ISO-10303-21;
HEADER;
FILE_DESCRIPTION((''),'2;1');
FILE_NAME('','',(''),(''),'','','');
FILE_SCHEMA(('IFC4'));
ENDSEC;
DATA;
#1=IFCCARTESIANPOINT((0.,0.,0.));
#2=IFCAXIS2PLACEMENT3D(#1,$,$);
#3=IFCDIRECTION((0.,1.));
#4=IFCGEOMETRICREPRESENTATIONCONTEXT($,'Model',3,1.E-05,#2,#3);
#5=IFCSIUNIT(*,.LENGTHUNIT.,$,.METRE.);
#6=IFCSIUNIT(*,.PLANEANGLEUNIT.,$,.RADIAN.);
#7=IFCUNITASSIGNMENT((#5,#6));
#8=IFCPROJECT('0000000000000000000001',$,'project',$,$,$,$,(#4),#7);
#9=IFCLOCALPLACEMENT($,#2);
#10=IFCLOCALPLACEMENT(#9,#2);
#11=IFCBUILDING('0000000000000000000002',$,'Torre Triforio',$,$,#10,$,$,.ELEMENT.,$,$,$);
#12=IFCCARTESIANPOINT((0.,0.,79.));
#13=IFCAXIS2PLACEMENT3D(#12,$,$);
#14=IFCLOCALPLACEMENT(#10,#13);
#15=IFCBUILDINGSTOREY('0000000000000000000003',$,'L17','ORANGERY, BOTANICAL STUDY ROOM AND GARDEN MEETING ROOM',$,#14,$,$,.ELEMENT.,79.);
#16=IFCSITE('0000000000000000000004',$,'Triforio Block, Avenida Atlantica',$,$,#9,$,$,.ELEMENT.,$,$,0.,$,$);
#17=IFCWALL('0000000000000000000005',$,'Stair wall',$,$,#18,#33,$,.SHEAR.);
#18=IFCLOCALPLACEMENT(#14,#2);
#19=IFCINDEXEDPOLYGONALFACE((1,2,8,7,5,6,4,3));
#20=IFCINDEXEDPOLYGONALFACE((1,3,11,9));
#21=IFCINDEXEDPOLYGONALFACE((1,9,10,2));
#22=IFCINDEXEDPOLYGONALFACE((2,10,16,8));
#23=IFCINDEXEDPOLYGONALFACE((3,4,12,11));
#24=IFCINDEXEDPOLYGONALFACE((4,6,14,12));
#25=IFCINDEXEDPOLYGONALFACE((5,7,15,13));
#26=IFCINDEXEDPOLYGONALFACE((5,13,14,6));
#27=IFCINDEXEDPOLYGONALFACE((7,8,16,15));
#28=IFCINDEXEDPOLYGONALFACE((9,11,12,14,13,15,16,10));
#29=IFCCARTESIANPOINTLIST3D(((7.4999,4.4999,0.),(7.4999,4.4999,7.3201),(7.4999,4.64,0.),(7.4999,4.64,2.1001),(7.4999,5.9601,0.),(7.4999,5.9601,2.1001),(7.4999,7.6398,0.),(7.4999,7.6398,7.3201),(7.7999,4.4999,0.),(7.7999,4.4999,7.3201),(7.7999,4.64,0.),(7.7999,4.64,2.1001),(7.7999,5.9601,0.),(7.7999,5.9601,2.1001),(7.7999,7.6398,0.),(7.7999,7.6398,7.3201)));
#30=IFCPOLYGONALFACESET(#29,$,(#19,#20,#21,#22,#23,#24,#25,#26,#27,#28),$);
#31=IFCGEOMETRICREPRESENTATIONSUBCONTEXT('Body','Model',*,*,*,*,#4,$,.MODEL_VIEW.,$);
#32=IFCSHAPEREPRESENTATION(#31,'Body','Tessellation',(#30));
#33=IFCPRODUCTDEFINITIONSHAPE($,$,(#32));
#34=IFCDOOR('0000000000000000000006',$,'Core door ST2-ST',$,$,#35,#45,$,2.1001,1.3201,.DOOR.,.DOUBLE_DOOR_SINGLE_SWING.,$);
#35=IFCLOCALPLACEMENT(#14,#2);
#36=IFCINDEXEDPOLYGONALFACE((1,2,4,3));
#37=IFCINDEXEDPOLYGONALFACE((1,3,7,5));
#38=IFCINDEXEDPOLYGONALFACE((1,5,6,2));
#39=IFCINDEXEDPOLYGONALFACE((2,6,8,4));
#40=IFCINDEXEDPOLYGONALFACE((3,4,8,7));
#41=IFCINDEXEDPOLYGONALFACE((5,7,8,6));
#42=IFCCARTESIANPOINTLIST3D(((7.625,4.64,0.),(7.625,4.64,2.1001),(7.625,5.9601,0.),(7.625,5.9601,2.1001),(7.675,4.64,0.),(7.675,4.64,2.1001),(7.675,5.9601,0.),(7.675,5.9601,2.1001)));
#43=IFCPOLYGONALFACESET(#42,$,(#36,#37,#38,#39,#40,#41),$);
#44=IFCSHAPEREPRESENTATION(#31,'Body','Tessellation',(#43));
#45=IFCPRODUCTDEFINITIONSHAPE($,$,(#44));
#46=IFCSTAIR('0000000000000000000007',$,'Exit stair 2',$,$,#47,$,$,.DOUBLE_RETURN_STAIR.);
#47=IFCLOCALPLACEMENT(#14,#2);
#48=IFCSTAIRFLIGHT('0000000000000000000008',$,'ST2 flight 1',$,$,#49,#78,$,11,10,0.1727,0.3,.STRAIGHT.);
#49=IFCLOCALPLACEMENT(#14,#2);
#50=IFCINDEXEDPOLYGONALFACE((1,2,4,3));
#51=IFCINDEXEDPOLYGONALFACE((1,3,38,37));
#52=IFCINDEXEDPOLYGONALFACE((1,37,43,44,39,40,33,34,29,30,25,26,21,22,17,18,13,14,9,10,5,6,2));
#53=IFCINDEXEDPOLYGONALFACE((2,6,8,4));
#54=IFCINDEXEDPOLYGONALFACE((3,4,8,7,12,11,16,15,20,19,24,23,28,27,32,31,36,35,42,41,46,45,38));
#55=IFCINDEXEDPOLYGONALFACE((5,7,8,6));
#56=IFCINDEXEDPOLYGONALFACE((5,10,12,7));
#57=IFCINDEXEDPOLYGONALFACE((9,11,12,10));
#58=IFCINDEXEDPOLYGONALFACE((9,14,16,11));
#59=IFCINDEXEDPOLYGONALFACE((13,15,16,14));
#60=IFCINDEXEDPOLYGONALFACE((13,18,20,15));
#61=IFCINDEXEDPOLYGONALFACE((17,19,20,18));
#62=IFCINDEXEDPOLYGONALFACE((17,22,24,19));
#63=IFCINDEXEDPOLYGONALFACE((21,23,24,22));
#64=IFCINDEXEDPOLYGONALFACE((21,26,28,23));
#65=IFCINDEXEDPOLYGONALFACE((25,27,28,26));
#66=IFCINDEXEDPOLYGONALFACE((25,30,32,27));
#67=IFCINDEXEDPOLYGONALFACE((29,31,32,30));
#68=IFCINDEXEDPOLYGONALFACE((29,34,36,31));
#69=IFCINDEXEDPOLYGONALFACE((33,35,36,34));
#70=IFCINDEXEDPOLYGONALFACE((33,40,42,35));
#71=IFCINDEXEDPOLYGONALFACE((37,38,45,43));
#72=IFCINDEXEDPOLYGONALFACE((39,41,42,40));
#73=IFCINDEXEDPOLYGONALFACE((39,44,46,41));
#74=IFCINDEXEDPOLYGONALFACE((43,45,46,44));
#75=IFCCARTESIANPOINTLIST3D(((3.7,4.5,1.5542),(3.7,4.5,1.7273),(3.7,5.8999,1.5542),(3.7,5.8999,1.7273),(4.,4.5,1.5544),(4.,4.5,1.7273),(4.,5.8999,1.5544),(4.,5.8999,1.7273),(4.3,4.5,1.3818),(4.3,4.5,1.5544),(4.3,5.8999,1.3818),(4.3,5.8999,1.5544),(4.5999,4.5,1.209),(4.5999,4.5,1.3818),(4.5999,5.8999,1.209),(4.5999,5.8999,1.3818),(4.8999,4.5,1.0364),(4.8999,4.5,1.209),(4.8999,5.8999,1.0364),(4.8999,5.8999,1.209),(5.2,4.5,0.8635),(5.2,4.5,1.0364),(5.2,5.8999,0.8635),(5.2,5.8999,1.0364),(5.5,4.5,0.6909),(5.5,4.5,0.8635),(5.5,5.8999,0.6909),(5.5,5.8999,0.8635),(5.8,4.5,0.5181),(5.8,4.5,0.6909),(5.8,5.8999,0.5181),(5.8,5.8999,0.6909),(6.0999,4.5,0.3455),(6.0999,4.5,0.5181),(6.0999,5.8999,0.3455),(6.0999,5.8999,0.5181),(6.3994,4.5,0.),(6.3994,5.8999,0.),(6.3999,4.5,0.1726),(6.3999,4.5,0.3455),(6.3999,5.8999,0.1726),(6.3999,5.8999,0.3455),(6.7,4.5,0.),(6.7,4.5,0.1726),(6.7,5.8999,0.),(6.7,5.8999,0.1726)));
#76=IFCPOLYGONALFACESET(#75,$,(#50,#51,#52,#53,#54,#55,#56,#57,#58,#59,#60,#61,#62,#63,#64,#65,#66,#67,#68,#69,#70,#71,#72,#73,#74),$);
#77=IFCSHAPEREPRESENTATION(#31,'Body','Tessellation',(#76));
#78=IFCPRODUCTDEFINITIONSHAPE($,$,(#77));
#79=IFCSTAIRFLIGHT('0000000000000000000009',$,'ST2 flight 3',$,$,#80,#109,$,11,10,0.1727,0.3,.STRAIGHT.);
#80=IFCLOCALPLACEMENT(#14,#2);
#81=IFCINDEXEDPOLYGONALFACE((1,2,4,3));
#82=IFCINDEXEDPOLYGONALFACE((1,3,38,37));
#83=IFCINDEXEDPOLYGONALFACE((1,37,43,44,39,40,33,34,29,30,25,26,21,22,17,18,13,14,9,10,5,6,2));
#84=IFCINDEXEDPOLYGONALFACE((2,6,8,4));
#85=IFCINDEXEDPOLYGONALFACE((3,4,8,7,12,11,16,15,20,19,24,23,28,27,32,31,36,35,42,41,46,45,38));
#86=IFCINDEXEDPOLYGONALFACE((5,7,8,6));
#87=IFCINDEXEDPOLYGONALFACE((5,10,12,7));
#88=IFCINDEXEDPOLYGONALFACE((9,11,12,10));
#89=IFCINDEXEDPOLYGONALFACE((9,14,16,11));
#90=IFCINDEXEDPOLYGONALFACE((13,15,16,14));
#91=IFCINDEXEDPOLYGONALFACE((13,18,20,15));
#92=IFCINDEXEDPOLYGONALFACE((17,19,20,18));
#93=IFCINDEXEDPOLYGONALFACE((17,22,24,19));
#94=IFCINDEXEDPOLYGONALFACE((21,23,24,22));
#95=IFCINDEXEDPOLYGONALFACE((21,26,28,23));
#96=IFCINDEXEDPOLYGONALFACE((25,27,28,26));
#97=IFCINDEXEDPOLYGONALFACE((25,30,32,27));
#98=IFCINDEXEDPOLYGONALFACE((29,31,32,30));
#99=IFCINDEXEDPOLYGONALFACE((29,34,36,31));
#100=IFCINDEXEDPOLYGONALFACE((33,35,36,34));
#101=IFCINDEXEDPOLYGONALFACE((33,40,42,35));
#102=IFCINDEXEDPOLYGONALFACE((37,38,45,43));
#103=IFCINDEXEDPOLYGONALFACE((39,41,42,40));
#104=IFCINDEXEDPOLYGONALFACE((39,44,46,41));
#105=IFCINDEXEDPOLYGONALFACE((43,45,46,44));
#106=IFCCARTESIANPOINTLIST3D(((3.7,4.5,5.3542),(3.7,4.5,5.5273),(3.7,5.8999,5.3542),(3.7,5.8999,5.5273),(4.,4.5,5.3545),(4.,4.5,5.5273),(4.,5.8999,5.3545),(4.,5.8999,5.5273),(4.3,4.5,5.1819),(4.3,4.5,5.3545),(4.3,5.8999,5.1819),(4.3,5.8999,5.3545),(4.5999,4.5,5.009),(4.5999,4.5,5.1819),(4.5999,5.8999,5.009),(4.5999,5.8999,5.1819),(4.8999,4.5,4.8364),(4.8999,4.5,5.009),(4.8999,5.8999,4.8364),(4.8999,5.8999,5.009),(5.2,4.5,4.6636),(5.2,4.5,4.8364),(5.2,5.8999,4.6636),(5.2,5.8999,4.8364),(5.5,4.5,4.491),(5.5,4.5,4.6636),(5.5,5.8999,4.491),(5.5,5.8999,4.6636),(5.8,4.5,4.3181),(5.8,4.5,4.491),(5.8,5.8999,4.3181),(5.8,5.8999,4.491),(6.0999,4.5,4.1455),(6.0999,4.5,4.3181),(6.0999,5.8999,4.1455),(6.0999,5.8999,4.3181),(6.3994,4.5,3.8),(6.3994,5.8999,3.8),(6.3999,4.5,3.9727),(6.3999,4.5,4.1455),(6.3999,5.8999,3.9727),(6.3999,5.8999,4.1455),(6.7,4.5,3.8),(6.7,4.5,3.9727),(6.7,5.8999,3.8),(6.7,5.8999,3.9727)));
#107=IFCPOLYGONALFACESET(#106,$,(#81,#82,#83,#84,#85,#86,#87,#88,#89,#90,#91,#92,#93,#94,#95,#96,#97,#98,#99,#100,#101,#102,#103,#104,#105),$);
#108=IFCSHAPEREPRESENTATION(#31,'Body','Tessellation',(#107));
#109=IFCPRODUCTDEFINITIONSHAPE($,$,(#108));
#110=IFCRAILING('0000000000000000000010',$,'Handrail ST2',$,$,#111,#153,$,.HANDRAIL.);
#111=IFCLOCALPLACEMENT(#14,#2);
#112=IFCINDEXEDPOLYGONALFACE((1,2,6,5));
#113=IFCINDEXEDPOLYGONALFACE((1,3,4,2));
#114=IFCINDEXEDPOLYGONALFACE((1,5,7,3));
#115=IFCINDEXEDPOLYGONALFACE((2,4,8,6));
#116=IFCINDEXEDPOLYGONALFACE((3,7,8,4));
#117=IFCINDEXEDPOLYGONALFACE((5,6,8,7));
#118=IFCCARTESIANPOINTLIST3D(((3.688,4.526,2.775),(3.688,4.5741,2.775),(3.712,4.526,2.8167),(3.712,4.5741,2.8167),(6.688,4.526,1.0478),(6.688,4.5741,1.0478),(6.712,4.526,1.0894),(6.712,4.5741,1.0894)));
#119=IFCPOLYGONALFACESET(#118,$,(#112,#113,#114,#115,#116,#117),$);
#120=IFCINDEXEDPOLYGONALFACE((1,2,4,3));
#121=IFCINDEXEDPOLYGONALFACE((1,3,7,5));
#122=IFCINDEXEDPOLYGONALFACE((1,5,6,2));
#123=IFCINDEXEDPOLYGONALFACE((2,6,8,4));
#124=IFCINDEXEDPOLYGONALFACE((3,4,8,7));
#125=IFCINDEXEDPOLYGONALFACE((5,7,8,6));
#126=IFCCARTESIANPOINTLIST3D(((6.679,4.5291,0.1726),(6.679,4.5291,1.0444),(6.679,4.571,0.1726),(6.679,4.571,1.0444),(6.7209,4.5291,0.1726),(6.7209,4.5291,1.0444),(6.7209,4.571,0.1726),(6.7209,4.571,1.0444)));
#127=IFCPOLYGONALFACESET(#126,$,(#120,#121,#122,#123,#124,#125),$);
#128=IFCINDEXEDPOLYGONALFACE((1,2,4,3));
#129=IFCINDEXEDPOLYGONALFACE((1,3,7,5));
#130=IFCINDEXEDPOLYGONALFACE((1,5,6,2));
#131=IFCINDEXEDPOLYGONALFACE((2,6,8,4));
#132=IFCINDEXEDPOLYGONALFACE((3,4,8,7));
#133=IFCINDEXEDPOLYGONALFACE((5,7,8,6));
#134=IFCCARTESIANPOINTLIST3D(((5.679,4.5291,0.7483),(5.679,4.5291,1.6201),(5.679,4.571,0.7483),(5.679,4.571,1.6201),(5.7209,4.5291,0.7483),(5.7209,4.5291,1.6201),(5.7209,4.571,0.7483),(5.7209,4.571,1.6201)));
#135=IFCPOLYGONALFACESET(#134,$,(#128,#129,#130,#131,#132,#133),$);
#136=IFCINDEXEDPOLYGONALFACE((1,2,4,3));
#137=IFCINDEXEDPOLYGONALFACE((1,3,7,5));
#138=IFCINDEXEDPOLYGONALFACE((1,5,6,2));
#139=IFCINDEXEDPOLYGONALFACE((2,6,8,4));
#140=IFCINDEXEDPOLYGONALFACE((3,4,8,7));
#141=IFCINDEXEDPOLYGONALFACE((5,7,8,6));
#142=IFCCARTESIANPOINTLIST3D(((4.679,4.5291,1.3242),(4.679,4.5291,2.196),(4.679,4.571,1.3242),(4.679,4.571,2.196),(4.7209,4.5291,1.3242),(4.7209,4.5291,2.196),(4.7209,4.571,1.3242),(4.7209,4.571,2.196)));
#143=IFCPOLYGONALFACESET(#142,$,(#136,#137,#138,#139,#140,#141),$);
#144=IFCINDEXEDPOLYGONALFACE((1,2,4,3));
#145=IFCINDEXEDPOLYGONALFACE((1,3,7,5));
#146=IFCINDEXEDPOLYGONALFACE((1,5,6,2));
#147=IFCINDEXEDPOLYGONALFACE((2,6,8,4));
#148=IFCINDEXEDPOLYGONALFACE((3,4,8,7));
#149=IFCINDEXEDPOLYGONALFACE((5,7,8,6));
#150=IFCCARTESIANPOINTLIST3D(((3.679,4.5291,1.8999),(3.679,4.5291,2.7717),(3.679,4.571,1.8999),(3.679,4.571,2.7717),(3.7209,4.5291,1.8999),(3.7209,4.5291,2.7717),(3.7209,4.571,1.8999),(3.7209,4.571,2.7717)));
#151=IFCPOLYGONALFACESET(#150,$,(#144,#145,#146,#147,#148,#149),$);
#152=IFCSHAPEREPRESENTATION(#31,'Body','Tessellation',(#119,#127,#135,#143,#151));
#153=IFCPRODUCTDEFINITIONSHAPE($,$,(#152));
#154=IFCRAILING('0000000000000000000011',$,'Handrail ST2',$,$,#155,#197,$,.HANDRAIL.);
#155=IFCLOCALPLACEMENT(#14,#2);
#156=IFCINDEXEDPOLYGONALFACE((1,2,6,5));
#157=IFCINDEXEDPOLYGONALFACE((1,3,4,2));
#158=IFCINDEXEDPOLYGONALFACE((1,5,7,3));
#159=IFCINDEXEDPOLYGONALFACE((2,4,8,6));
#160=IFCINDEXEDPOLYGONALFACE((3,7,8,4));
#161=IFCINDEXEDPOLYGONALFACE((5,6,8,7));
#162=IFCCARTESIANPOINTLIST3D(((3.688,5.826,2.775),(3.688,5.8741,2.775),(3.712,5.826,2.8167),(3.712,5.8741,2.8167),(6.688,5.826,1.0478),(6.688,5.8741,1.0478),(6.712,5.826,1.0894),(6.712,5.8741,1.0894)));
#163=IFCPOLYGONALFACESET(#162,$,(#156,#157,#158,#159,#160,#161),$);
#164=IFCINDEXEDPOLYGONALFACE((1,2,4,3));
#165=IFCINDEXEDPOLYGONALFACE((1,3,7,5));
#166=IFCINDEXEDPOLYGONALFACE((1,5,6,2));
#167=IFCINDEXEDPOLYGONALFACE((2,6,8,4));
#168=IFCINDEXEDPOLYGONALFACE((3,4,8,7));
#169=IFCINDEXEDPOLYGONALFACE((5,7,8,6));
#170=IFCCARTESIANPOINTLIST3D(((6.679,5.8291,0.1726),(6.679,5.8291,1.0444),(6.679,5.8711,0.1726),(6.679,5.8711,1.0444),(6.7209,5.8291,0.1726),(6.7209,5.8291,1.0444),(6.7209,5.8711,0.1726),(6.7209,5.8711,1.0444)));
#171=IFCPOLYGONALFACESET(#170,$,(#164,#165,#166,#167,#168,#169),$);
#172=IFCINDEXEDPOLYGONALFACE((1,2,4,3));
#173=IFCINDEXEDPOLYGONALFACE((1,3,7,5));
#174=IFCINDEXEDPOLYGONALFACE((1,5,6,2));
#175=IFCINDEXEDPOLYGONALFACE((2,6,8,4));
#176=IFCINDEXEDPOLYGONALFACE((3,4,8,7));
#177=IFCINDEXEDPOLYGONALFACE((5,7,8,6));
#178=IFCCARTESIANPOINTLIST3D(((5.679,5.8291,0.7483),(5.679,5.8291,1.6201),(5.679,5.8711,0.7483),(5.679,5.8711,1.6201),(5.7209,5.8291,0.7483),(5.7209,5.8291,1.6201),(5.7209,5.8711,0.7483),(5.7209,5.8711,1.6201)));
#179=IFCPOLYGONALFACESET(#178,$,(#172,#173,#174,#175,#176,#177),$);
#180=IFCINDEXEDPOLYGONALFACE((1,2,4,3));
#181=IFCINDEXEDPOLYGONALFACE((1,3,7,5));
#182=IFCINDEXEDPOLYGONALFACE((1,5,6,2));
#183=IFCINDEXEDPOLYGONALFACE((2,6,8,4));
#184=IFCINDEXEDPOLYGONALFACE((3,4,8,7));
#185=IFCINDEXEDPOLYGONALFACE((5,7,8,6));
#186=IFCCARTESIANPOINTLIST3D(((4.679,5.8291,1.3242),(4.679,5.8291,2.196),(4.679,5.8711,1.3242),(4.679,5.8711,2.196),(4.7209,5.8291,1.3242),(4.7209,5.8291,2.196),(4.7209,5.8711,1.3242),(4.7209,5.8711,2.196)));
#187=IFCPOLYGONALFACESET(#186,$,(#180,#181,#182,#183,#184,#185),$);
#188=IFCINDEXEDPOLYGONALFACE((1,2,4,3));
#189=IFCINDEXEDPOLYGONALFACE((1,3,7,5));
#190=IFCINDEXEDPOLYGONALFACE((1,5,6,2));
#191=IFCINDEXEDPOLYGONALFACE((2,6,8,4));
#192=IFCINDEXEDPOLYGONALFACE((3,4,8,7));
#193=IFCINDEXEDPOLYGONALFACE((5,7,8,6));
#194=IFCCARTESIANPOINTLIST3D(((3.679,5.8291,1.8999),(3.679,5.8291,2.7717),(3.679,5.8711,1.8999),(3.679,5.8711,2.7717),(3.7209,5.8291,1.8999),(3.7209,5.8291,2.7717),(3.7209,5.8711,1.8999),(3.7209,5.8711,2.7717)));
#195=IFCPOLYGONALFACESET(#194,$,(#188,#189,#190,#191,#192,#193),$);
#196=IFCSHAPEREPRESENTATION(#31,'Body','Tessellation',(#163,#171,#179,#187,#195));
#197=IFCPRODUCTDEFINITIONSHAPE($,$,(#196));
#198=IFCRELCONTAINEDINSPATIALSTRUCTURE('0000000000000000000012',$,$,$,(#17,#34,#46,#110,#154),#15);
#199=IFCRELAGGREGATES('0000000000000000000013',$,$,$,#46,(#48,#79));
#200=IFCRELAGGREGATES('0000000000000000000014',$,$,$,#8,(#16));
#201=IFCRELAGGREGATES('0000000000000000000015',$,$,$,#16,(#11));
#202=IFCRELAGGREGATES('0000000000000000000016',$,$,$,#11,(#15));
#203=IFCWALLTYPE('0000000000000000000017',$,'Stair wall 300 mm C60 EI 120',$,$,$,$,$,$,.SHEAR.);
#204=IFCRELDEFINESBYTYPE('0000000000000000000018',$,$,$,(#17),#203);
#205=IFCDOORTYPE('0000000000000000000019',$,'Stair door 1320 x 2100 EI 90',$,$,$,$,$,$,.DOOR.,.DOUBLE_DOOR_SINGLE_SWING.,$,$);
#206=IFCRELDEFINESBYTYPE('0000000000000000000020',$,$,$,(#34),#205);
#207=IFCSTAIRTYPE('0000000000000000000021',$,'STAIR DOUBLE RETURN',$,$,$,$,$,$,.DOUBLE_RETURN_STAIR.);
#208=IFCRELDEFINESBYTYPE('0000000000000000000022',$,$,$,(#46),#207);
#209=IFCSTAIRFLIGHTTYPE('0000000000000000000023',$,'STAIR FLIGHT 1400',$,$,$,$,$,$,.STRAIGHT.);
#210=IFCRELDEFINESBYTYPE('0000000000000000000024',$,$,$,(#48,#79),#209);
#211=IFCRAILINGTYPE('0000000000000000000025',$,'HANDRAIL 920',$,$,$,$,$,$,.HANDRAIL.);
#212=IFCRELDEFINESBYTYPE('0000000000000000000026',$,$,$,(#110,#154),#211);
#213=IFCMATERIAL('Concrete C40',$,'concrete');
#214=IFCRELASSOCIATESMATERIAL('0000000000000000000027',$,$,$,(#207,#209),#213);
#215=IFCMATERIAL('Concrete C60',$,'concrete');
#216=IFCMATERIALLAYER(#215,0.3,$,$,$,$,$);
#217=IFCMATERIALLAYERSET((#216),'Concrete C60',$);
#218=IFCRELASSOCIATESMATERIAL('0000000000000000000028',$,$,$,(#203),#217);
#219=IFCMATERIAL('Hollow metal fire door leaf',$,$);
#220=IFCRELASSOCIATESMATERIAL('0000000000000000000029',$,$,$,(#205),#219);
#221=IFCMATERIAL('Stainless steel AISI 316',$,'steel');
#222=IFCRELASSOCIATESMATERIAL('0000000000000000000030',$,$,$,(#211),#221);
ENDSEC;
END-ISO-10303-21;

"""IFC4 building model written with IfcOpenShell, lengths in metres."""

from ifc_helpers import new_model, si_unit, direction, frame, frame_2d, origin, origin_2d, place, context, subcontext, project, spatial, polyline, rectangle, outline, extrude, material, layer, layer_set, type_object, element, fill, aggregate, save


model = new_model("IFC4")

# Units and contexts
model_context = context("Model", 3, precision=1e-05, world=origin(), true_north=direction((0.0, 1.0)))
body_context = subcontext(model_context, "Body", "Model", "MODEL_VIEW")
ifc_project = project(units=[si_unit("LENGTHUNIT", "METRE"), si_unit("PLANEANGLEUNIT", "RADIAN")], contexts=[model_context])

# Site, building, storey
site_placement = place(None, origin())
site = spatial("IfcSite", under=ifc_project, at=site_placement, Name="Triforio Block, Avenida Atlantica", CompositionType="ELEMENT", RefElevation=0.0)
building_placement = place(site_placement, origin())
building = spatial("IfcBuilding", under=site, at=building_placement, Name="Torre Triforio", CompositionType="ELEMENT")
storey_placement = place(building_placement, frame((0.0, 0.0, 79.0)))
storey = spatial("IfcBuildingStorey", under=building, at=storey_placement, Name="L17", Description="ORANGERY, BOTANICAL STUDY ROOM AND GARDEN MEETING ROOM", CompositionType="ELEMENT", Elevation=79.0)

# Shared definitions
ifc_material_1 = material(Name="Concrete C40", Category="concrete")
stair_type = type_object("IfcStairType", Name="STAIR DOUBLE RETURN", PredefinedType="DOUBLE_RETURN_STAIR", material=ifc_material_1)

# Shared definitions
ifc_material_2 = material(Name="Concrete C60", Category="concrete")

# Wall, opening, door
ifc_layer_1 = layer(ifc_material_2, 0.3)
ifc_layer_set_1 = layer_set([ifc_layer_1], Name="Concrete C60")
wall_type_1 = type_object("IfcWallType", Name="Stair wall 300 mm C60 EI 120", PredefinedType="SHEAR", material=ifc_layer_set_1)
wall_1_placement = place(storey_placement, frame((7.6499, 4.5, 0.0), z_axis=(0.0, 0.0, 1.0), x_axis=(0.0, 1.0, 0.0)))
wall_1 = element("IfcWall", 1, at=wall_1_placement, inside=storey, type_object=wall_type_1, Name="Stair wall", PredefinedType="SHEAR", context=body_context, shape_type="SweptSolid", body=[
    extrude(rectangle(XDim=3.1399, YDim=0.3, at=frame_2d((1.5698, 0.0))), origin(), (0.0, 0.0, 1.0), 7.3201),
])
opening_placement = place(wall_1_placement, frame((0.1399, 0.0, 0.0)))
opening = element("IfcOpeningElement", 2, at=opening_placement, cuts=wall_1, PredefinedType="OPENING", context=body_context, shape_type="SweptSolid", body=[
    extrude(rectangle(XDim=1.3201, YDim=2.1001, at=frame_2d((0.6602, 1.05))), frame((0.0, 0.1599, 0.0), z_axis=(0.0, -1.0, 0.0), x_axis=(1.0, 0.0, 0.0)), (0.0, 0.0, 1.0), 0.3201),
])
ifc_material_3 = material(Name="Hollow metal fire door leaf")
door_type = type_object("IfcDoorType", Name="Stair door 1320 x 2100 EI 90", OperationType="DOUBLE_DOOR_SINGLE_SWING", PredefinedType="DOOR", material=ifc_material_3)
door_placement = place(opening_placement, origin())
door = element("IfcDoor", 3, at=door_placement, inside=storey, type_object=door_type, Name="Core door ST2-ST", OperationType="DOUBLE_DOOR_SINGLE_SWING", OverallHeight=2.1001, OverallWidth=1.3201, PredefinedType="DOOR", context=body_context, shape_type="SweptSolid", body=[
    extrude(rectangle(XDim=1.3201, YDim=2.1001, at=frame_2d((0.6602, 1.05))), frame((0.0, 0.0249, 0.0), z_axis=(0.0, -1.0, 0.0), x_axis=(1.0, 0.0, 0.0)), (0.0, 0.0, 1.0), 0.05),
])
fill(opening, door)

# Stair, stair flights
stair_1_placement = place(storey_placement, origin())
stair_1 = element("IfcStair", 4, at=stair_1_placement, inside=storey, type_object=stair_type, Name="Exit stair 2", PredefinedType="DOUBLE_RETURN_STAIR")
stair_flight_type = type_object("IfcStairFlightType", Name="STAIR FLIGHT 1400", PredefinedType="STRAIGHT", material=ifc_material_1)
stair_flight_1_placement = place(storey_placement, frame((6.7, 5.2, 0.0), z_axis=(0.0, 0.0, 1.0), x_axis=(-1.0, 0.0, 0.0)))
stair_flight_1 = element("IfcStairFlight", 5, at=stair_flight_1_placement, type_object=stair_flight_type, Name="ST2 flight 1", NumberOfRisers=11, NumberOfTreads=10, PredefinedType="STRAIGHT", RiserHeight=0.1727, TreadLength=0.3, context=body_context, shape_type="SweptSolid", body=[
    extrude(outline(polyline([(0.0, 0.0), (0.0, 0.1726), (0.3, 0.1726), (0.3, 0.3455), (0.6001, 0.3455), (0.6001, 0.5181), (0.8999, 0.5181), (0.8999, 0.6909), (1.2, 0.6909), (1.2, 0.8635), (1.5, 0.8635), (1.5, 1.0364), (1.8, 1.0364), (1.8, 1.209), (2.1001, 1.209), (2.1001, 1.3818), (2.3999, 1.3818), (2.3999, 1.5544), (2.7, 1.5544), (2.7, 1.7273), (3.0, 1.7273), (3.0, 1.8999), (3.0, 1.5542), (0.3005, 0.0), (0.0, 0.0)])), frame((0.0, 0.7, 0.0), z_axis=(0.0, -1.0, 0.0), x_axis=(1.0, 0.0, 0.0)), (0.0, 0.0, 1.0), 1.3999),
])
stair_flight_2_placement = place(storey_placement, frame((6.7, 5.2, 3.8), z_axis=(0.0, 0.0, 1.0), x_axis=(-1.0, 0.0, 0.0)))
stair_flight_2 = element("IfcStairFlight", 6, at=stair_flight_2_placement, type_object=stair_flight_type, Name="ST2 flight 3", NumberOfRisers=11, NumberOfTreads=10, PredefinedType="STRAIGHT", RiserHeight=0.1727, TreadLength=0.3, context=body_context, shape_type="SweptSolid", body=[
    extrude(outline(polyline([(0.0, 0.0), (0.0, 0.1726), (0.3, 0.1726), (0.3, 0.3455), (0.6001, 0.3455), (0.6001, 0.5181), (0.8999, 0.5181), (0.8999, 0.6909), (1.2, 0.6909), (1.2, 0.8635), (1.5, 0.8635), (1.5, 1.0364), (1.8, 1.0364), (1.8, 1.209), (2.1001, 1.209), (2.1001, 1.3818), (2.3999, 1.3818), (2.3999, 1.5544), (2.7, 1.5544), (2.7, 1.7273), (3.0, 1.7273), (3.0, 1.8999), (3.0, 1.5542), (0.3005, 0.0), (0.0, 0.0)])), frame((0.0, 0.7, 0.0), z_axis=(0.0, -1.0, 0.0), x_axis=(1.0, 0.0, 0.0)), (0.0, 0.0, 1.0), 1.3999),
])
aggregate(stair_1, [stair_flight_1, stair_flight_2])

# Railings
ifc_material_4 = material(Name="Stainless steel AISI 316", Category="steel")
railing_type = type_object("IfcRailingType", Name="HANDRAIL 920", PredefinedType="HANDRAIL", material=ifc_material_4)
for number, where, name in (
    (7, (6.7, 4.55, 0.1726), "Handrail ST2"),
    (8, (6.7, 5.8501, 0.1726), "Handrail ST2"),
):
    element("IfcRailing", number, at=place(storey_placement, frame(where)), inside=storey, type_object=railing_type, Name=name, PredefinedType="HANDRAIL", context=body_context, shape_type="SweptSolid", body=[
        extrude(rectangle(XDim=0.0481, YDim=0.0481, at=origin_2d()), frame((0.0, 0.0, 0.896), z_axis=(-0.86662, 0.0, 0.498969), x_axis=(0.0, -1.0, 0.0)), (0.0, 0.0, 1.0), 3.4617),
        extrude(rectangle(XDim=0.042, YDim=0.042, at=origin_2d()), origin(), (0.0, 0.0, 1.0), 0.8718),
        extrude(rectangle(XDim=0.042, YDim=0.042, at=origin_2d()), frame((-1.0, 0.0, 0.5757)), (0.0, 0.0, 1.0), 0.8718),
        extrude(rectangle(XDim=0.042, YDim=0.042, at=origin_2d()), frame((-2.0, 0.0, 1.1516)), (0.0, 0.0, 1.0), 0.8718),
        extrude(rectangle(XDim=0.042, YDim=0.042, at=origin_2d()), frame((-3.0, 0.0, 1.7273)), (0.0, 0.0, 1.0), 0.8718),
    ])

save(model, "model.ifc")
